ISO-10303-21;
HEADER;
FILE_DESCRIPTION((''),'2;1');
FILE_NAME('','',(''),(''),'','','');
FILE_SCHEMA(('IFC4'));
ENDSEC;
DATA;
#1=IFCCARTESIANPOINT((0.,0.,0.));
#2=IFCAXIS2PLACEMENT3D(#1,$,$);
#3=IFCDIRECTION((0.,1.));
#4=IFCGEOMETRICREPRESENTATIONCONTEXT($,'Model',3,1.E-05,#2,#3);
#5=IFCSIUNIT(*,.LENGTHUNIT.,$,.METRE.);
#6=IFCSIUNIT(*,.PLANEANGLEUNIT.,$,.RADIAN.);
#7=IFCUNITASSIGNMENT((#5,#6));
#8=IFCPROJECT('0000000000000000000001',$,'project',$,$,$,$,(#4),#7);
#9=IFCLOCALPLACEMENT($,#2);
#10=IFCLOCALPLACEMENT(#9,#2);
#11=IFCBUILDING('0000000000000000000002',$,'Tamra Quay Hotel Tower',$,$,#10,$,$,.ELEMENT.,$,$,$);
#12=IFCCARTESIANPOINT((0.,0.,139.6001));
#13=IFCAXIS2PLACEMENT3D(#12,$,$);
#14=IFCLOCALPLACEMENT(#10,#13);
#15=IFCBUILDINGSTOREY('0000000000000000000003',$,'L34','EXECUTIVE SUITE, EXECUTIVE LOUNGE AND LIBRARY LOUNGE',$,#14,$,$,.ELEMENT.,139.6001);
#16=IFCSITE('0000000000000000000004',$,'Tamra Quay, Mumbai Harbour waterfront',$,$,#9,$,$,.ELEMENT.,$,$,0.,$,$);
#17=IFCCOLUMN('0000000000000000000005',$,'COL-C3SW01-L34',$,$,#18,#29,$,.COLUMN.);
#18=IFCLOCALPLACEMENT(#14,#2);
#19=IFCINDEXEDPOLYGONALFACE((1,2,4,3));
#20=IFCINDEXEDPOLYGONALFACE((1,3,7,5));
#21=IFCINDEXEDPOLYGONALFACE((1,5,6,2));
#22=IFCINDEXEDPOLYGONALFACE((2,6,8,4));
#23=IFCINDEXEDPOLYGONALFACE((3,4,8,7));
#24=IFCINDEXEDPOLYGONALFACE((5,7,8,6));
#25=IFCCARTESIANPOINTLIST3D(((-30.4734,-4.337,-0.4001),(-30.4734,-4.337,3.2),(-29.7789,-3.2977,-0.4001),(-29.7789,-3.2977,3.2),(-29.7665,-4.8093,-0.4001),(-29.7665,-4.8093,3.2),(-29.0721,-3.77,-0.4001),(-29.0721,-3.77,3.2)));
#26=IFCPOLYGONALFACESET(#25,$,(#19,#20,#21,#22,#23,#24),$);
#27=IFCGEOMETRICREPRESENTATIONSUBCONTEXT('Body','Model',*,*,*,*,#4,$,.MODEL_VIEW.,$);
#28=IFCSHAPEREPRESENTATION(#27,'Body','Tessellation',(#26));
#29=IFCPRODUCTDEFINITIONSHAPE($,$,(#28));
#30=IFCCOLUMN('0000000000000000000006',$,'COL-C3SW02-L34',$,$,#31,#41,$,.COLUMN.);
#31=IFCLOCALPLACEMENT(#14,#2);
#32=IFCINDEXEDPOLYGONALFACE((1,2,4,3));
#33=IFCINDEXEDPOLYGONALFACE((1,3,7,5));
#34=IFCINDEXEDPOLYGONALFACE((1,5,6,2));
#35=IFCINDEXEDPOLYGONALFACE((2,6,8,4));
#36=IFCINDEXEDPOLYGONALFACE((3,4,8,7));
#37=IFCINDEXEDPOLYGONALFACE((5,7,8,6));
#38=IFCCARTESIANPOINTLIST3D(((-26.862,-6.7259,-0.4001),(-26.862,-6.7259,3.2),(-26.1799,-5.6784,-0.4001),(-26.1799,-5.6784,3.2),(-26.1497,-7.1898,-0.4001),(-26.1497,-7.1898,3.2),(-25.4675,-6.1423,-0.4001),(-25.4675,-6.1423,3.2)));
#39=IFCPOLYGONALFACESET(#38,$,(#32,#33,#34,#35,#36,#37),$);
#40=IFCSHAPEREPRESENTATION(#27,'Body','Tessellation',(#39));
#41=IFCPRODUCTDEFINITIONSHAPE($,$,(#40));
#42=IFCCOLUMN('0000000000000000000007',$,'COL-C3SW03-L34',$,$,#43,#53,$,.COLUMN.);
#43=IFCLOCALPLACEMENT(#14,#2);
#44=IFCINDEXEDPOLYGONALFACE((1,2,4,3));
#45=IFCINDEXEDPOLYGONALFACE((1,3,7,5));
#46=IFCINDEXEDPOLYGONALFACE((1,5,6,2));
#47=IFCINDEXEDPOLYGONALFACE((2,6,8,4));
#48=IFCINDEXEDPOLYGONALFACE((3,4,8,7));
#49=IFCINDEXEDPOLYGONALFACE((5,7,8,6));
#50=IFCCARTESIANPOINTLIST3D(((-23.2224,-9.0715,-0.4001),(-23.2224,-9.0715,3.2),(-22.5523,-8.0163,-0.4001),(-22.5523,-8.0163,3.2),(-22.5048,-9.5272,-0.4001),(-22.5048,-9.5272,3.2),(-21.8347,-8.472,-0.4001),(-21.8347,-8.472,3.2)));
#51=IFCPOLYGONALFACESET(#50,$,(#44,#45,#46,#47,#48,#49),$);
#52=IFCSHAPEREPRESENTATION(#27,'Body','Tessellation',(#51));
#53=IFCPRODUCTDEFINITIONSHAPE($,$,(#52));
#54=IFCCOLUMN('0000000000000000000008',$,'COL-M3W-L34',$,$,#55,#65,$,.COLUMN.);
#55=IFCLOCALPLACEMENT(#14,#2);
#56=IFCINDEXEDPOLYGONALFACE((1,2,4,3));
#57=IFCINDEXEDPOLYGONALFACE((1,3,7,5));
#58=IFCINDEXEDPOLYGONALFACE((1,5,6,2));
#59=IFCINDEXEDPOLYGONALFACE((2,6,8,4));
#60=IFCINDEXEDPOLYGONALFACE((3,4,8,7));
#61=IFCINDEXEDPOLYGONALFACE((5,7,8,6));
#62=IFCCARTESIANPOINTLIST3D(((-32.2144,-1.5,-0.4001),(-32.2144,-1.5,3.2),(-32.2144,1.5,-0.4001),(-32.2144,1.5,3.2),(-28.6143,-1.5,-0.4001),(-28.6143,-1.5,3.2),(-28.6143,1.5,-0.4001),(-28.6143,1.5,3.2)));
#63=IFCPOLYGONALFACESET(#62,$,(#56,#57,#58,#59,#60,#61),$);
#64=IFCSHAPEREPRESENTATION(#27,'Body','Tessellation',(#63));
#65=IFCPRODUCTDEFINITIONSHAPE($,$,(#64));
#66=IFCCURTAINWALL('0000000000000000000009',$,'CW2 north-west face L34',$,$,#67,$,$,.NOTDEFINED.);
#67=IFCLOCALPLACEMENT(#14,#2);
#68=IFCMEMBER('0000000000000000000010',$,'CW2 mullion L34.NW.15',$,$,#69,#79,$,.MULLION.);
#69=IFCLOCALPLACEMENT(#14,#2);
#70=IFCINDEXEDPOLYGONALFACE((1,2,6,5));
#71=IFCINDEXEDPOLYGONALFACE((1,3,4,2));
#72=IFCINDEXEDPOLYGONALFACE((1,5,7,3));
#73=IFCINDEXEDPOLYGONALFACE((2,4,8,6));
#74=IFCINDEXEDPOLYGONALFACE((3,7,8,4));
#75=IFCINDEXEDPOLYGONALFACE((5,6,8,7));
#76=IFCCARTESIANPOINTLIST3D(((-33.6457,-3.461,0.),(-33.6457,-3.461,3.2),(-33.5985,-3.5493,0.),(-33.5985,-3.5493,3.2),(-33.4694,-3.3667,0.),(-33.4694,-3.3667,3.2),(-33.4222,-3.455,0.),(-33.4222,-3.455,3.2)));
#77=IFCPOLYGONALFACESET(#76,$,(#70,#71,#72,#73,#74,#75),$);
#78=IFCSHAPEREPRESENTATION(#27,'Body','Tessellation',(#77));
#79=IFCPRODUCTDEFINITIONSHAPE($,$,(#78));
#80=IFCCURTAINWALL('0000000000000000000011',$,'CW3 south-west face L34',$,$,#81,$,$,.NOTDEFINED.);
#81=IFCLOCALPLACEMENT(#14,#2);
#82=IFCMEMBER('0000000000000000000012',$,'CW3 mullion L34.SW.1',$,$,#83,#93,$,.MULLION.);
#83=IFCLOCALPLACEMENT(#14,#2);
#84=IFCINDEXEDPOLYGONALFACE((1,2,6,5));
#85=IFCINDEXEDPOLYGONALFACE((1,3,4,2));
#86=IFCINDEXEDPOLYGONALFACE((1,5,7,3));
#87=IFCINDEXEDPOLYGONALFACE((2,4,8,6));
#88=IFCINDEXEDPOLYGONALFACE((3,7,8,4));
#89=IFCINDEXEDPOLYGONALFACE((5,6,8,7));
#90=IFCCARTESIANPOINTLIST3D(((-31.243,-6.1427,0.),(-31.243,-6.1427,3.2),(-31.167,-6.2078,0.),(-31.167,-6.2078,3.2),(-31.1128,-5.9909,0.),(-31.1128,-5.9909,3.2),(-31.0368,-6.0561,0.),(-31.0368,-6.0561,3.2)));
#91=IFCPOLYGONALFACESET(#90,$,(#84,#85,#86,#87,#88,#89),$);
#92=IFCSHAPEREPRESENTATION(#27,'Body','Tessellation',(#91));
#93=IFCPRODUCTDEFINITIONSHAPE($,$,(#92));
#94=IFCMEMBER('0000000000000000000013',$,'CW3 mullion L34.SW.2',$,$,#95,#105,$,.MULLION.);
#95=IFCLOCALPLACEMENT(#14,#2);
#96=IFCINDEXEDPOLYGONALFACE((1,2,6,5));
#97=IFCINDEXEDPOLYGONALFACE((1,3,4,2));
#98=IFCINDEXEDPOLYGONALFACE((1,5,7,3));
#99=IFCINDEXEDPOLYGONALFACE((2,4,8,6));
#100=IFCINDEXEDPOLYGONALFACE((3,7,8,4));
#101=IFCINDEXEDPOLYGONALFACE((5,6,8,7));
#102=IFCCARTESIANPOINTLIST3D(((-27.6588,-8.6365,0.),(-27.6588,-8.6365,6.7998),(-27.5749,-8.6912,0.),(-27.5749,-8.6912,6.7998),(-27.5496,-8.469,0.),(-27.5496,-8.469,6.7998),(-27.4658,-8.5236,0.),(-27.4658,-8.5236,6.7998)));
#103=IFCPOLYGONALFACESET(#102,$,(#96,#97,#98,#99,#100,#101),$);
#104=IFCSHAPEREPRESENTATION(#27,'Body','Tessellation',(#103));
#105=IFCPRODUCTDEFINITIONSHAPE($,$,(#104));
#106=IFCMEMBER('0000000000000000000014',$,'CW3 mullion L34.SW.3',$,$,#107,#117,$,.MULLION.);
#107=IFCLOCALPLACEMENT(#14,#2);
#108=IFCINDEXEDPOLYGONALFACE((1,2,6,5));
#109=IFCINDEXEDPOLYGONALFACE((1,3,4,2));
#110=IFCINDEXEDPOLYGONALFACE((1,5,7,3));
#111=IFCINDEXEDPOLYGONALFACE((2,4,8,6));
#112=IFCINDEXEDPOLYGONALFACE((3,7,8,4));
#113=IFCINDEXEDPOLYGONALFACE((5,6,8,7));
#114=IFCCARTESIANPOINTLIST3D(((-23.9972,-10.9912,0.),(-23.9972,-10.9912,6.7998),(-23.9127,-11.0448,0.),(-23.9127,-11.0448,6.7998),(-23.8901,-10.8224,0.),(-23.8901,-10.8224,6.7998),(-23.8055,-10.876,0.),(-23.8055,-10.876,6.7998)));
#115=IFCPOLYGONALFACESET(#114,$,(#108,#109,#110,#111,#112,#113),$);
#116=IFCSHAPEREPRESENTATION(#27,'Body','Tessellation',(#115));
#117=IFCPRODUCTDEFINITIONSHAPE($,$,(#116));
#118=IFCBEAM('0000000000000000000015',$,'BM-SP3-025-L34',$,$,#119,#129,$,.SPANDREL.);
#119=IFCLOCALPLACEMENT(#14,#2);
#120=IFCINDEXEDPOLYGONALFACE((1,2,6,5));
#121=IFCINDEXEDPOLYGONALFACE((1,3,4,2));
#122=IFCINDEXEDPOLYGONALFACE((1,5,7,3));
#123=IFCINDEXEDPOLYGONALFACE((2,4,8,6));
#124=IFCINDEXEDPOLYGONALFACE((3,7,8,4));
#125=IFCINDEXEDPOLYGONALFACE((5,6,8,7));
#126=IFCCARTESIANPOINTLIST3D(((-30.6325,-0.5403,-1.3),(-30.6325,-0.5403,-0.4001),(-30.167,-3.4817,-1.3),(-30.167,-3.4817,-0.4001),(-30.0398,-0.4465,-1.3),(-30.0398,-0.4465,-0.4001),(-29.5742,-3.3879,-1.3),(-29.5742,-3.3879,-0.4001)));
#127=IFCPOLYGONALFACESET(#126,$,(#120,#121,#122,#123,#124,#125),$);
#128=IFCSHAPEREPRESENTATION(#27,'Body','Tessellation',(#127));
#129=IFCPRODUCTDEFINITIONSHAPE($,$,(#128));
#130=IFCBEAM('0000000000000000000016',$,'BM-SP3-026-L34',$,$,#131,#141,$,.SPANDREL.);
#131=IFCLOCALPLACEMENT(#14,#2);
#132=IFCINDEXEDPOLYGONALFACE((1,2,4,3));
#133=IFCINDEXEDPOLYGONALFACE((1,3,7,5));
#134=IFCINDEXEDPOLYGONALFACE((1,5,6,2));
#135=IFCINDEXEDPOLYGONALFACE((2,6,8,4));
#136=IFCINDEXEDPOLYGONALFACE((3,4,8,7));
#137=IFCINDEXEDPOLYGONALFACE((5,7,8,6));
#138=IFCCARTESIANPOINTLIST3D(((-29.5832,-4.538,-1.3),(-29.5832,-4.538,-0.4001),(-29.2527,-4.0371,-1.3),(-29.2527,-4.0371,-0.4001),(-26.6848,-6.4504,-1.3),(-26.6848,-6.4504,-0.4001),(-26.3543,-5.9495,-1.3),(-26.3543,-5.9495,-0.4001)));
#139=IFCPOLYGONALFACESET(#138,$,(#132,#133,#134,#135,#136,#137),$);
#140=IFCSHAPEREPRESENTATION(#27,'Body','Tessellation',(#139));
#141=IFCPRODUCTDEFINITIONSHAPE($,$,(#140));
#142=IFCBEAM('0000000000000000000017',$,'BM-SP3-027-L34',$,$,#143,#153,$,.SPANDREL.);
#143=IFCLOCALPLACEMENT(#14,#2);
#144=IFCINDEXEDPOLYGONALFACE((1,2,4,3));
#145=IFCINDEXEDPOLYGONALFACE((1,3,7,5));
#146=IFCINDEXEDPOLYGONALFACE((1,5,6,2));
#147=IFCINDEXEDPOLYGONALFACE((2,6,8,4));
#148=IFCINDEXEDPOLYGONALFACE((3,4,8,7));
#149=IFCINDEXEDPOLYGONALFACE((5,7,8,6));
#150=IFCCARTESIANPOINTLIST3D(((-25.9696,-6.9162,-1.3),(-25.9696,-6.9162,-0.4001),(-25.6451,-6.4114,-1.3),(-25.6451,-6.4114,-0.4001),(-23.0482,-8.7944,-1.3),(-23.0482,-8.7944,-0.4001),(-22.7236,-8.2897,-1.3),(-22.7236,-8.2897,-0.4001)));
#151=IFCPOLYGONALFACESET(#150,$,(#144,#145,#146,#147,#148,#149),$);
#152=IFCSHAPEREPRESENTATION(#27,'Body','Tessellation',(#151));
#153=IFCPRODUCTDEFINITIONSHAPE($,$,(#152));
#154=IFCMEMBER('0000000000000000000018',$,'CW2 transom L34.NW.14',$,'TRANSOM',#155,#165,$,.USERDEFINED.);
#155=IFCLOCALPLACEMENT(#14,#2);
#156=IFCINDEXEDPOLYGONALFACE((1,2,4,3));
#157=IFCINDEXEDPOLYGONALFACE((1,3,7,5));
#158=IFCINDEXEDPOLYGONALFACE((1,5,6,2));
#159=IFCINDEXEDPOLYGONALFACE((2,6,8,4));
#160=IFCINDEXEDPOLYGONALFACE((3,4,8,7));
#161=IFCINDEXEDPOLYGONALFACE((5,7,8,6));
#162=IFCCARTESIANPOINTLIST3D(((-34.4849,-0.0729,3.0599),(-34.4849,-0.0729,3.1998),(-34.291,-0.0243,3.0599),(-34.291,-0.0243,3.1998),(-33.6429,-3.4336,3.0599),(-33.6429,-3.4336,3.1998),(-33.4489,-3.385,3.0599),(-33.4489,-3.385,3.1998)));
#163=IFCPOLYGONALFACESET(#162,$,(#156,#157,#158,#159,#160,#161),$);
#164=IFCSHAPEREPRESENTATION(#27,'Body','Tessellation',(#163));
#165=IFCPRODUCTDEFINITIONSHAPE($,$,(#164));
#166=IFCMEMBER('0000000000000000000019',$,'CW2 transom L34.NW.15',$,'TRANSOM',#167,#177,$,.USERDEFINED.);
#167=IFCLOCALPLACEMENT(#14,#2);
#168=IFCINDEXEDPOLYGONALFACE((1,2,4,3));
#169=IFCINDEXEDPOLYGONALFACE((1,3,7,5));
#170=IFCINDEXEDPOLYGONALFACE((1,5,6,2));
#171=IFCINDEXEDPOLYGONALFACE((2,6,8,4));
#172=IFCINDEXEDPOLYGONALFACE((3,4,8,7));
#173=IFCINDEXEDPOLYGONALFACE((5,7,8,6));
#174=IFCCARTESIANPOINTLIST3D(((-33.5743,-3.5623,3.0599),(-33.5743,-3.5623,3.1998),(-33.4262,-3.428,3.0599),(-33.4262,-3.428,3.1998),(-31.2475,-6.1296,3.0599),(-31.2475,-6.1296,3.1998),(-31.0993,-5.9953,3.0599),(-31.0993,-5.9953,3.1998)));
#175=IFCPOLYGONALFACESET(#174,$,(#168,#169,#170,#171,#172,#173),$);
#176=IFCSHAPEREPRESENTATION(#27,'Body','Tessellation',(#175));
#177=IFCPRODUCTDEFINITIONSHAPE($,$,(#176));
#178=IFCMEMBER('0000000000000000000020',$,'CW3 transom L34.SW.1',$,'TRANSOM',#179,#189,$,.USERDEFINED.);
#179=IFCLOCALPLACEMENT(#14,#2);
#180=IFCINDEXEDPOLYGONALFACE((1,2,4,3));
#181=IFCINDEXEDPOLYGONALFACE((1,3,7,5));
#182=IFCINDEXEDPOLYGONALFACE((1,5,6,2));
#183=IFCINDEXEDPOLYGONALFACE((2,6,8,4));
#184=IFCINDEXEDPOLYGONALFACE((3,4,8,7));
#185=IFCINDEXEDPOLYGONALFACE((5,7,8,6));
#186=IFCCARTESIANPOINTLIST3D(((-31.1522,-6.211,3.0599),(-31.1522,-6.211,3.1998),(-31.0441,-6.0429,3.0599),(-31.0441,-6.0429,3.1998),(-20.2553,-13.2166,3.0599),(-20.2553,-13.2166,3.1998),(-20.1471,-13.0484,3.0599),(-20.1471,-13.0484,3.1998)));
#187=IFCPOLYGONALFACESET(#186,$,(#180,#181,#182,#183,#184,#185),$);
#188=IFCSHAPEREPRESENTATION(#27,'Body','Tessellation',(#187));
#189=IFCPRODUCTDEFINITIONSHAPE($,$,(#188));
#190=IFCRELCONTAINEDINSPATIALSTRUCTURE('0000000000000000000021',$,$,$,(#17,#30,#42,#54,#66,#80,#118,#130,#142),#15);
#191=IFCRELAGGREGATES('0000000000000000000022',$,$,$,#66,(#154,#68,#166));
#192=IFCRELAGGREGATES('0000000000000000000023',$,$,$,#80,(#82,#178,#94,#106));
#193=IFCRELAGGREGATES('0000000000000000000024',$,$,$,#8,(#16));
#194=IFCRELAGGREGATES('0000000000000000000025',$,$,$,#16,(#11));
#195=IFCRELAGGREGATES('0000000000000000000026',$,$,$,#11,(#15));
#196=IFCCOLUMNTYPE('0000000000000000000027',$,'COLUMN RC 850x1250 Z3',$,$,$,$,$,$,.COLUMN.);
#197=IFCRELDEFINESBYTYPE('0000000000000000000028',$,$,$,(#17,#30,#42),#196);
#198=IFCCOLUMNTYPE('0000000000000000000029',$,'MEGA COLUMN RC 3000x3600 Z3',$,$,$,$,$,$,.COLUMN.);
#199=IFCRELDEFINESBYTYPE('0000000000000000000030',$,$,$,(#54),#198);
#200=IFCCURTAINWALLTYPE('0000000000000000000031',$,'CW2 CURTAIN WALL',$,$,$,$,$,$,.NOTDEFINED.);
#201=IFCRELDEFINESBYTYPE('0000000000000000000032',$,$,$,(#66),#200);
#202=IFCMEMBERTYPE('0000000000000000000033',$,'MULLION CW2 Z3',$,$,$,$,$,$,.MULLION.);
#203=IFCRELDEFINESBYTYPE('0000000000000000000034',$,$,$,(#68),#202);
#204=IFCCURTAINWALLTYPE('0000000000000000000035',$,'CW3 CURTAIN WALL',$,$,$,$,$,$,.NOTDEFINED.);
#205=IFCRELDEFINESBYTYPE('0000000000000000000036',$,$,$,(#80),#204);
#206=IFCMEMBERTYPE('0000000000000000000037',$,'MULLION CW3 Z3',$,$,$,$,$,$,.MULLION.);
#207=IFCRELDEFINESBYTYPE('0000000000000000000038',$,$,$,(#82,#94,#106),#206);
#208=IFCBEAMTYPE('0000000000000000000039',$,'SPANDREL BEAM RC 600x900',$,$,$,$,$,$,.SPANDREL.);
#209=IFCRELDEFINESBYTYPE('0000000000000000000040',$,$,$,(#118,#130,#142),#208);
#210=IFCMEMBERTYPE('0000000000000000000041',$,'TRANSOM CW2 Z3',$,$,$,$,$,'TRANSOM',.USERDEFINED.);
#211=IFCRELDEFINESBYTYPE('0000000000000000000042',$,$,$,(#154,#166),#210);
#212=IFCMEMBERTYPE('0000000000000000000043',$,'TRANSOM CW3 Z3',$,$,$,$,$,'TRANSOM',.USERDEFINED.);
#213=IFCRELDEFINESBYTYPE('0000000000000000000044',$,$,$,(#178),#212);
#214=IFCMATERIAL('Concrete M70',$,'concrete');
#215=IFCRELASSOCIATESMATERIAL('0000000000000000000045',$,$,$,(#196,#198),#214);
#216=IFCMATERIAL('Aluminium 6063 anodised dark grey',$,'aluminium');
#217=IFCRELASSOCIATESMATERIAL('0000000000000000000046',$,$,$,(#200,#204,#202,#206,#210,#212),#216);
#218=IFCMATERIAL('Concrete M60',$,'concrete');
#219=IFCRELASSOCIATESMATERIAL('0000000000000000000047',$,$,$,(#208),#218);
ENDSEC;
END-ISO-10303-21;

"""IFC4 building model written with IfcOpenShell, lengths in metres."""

from ifc_helpers import new_model, si_unit, direction, frame, origin, origin_2d, place, context, subcontext, project, spatial, rectangle, extrude, material, material_profile, profile_set, type_object, element, aggregate, save


model = new_model("IFC4")

# Units and contexts
model_context = context("Model", 3, precision=1e-05, world=origin(), true_north=direction((0.0, 1.0)))
body_context = subcontext(model_context, "Body", "Model", "MODEL_VIEW")
ifc_project = project(units=[si_unit("LENGTHUNIT", "METRE"), si_unit("PLANEANGLEUNIT", "RADIAN")], contexts=[model_context])

# Site, building, storey
site_placement = place(None, origin())
site = spatial("IfcSite", under=ifc_project, at=site_placement, Name="Tamra Quay, Mumbai Harbour waterfront", CompositionType="ELEMENT", RefElevation=0.0)
building_placement = place(site_placement, origin())
building = spatial("IfcBuilding", under=site, at=building_placement, Name="Tamra Quay Hotel Tower", CompositionType="ELEMENT")
storey_placement = place(building_placement, frame((0.0, 0.0, 139.6001)))
storey = spatial("IfcBuildingStorey", under=building, at=storey_placement, Name="L34", Description="EXECUTIVE SUITE, EXECUTIVE LOUNGE AND LIBRARY LOUNGE", CompositionType="ELEMENT", Elevation=139.6001)

# Columns
ifc_material_1 = material(Name="Concrete M70", Category="concrete")
ifc_material_profile_1 = material_profile(ifc_material_1, rectangle(XDim=1.25, YDim=0.8501, at=origin_2d()), Name="COLUMN RC 850x1250 Z3")
ifc_profile_set_1 = profile_set([ifc_material_profile_1], Name="Concrete M70")
column_type_1 = type_object("IfcColumnType", Name="COLUMN RC 850x1250 Z3", PredefinedType="COLUMN", material=ifc_profile_set_1)
for number, where, z_axis, x_axis, name in (
    (1, (-29.7727, -4.0535, -0.4001), (0.0, 0.0, 1.0), (0.555583, 0.831461, 0.0), "COL-C3SW01-L34"),
    (2, (-26.1648, -6.4341, -0.4001), (0.0, 0.0, 1.0), (0.545703, 0.837979, 0.0), "COL-C3SW02-L34"),
    (3, (-22.5286, -8.7717, -0.4001), (0.0, 0.0, 1.0), (0.536102, 0.844153, 0.0), "COL-C3SW03-L34"),
):
    element("IfcColumn", number, at=place(storey_placement, frame(where, z_axis=z_axis, x_axis=x_axis)), inside=storey, type_object=column_type_1, Name=name, PredefinedType="COLUMN", context=body_context, shape_type="SweptSolid", body=[
        extrude(rectangle(XDim=1.25, YDim=0.8501, at=origin_2d()), origin(), (0.0, 0.0, 1.0), 3.6001),
    ])
ifc_material_profile_2 = material_profile(ifc_material_1, rectangle(XDim=3.6001, YDim=3.0, at=origin_2d()), Name="MEGA COLUMN RC 3000x3600 Z3")
ifc_profile_set_2 = profile_set([ifc_material_profile_2], Name="Concrete M70")
column_type_2 = type_object("IfcColumnType", Name="MEGA COLUMN RC 3000x3600 Z3", PredefinedType="COLUMN", material=ifc_profile_set_2)
column_placement = place(storey_placement, frame((-30.4143, 0.0, -0.4001), z_axis=(0.0, 0.0, 1.0), x_axis=(1.0, 0.0, 0.0)))
element("IfcColumn", 4, at=column_placement, inside=storey, type_object=column_type_2, Name="COL-M3W-L34", PredefinedType="COLUMN", context=body_context, shape_type="SweptSolid", body=[
    extrude(rectangle(XDim=3.6001, YDim=3.0, at=origin_2d()), origin(), (0.0, 0.0, 1.0), 3.6001),
])

# Curtain wall, member
ifc_material_2 = material(Name="Aluminium 6063 anodised dark grey", Category="aluminium")
curtain_wall_type_1 = type_object("IfcCurtainWallType", Name="CW2 CURTAIN WALL", PredefinedType="NOTDEFINED", material=ifc_material_2)
curtain_wall_1_placement = place(storey_placement, origin())
curtain_wall_1 = element("IfcCurtainWall", 5, at=curtain_wall_1_placement, inside=storey, type_object=curtain_wall_type_1, Name="CW2 north-west face L34", PredefinedType="NOTDEFINED")
ifc_material_profile_3 = material_profile(ifc_material_2, rectangle(XDim=0.2, YDim=0.1001, at=origin_2d()), Name="MULLION 100X200")
ifc_profile_set_3 = profile_set([ifc_material_profile_3], Name="Aluminium 6063 anodised dark grey")
member_type_1 = type_object("IfcMemberType", Name="MULLION CW2 Z3", PredefinedType="MULLION", material=ifc_profile_set_3)
member_1_placement = place(storey_placement, frame((-33.5339, -3.458, 0.0), z_axis=(0.0, 0.0, 1.0), x_axis=(-0.881925, -0.471389, 0.0)))
member_1 = element("IfcMember", 6, at=member_1_placement, type_object=member_type_1, Name="CW2 mullion L34.NW.15", PredefinedType="MULLION", context=body_context, shape_type="SweptSolid", body=[
    extrude(rectangle(XDim=0.2, YDim=0.1001, at=origin_2d()), origin(), (0.0, 0.0, 1.0), 3.2),
])

# Curtain wall, members
curtain_wall_type_2 = type_object("IfcCurtainWallType", Name="CW3 CURTAIN WALL", PredefinedType="NOTDEFINED", material=ifc_material_2)
curtain_wall_2_placement = place(storey_placement, origin())
curtain_wall_2 = element("IfcCurtainWall", 7, at=curtain_wall_2_placement, inside=storey, type_object=curtain_wall_type_2, Name="CW3 south-west face L34", PredefinedType="NOTDEFINED")
ifc_material_profile_4 = material_profile(ifc_material_2, rectangle(XDim=0.2, YDim=0.1001, at=origin_2d()), Name="MULLION 100X200")
ifc_profile_set_4 = profile_set([ifc_material_profile_4], Name="Aluminium 6063 anodised dark grey")
member_type_2 = type_object("IfcMemberType", Name="MULLION CW3 Z3", PredefinedType="MULLION", material=ifc_profile_set_4)
member_2_placement = place(storey_placement, frame((-31.1399, -6.0994, 0.0), z_axis=(0.0, 0.0, 1.0), x_axis=(-0.650989, -0.759087, 0.0)))
member_2 = element("IfcMember", 8, at=member_2_placement, type_object=member_type_2, Name="CW3 mullion L34.SW.1", PredefinedType="MULLION", context=body_context, shape_type="SweptSolid", body=[
    extrude(rectangle(XDim=0.2, YDim=0.1001, at=origin_2d()), origin(), (0.0, 0.0, 1.0), 3.2),
])
member_3_placement = place(storey_placement, frame((-27.5623, -8.5801, 0.0), z_axis=(0.0, 0.0, 1.0), x_axis=(-0.54578, -0.837928, 0.0)))
member_3 = element("IfcMember", 9, at=member_3_placement, type_object=member_type_2, Name="CW3 mullion L34.SW.2", PredefinedType="MULLION", context=body_context, shape_type="SweptSolid", body=[
    extrude(rectangle(XDim=0.2, YDim=0.1001, at=origin_2d()), origin(), (0.0, 0.0, 1.0), 6.7998),
])
member_4_placement = place(storey_placement, frame((-23.9014, -10.9336, 0.0), z_axis=(0.0, 0.0, 1.0), x_axis=(-0.53576, -0.84437, 0.0)))
member_4 = element("IfcMember", 10, at=member_4_placement, type_object=member_type_2, Name="CW3 mullion L34.SW.3", PredefinedType="MULLION", context=body_context, shape_type="SweptSolid", body=[
    extrude(rectangle(XDim=0.2, YDim=0.1001, at=origin_2d()), origin(), (0.0, 0.0, 1.0), 6.7998),
])

# Beams
ifc_material_3 = material(Name="Concrete M60", Category="concrete")
ifc_material_profile_5 = material_profile(ifc_material_3, rectangle(XDim=0.6001, YDim=0.8999, at=origin_2d()), Name="SPANDREL BEAM RC 600x900")
ifc_profile_set_5 = profile_set([ifc_material_profile_5], Name="Concrete M60")
beam_type = type_object("IfcBeamType", Name="SPANDREL BEAM RC 600x900", PredefinedType="SPANDREL", material=ifc_profile_set_5)
beam_1_placement = place(storey_placement, frame((-30.3362, -0.4934, -0.8501), z_axis=(0.156337, -0.987704, 0.0), x_axis=(0.987704, 0.156337, 0.0)))
element("IfcBeam", 11, at=beam_1_placement, inside=storey, type_object=beam_type, Name="BM-SP3-025-L34", PredefinedType="SPANDREL", context=body_context, shape_type="SweptSolid", body=[
    extrude(rectangle(XDim=0.6001, YDim=0.8999, at=origin_2d()), origin(), (0.0, 0.0, 1.0), 2.978),
])
beam_2_placement = place(storey_placement, frame((-29.418, -4.2876, -0.8501), z_axis=(0.834691, -0.550719, 0.0), x_axis=(0.550719, 0.834691, 0.0)))
element("IfcBeam", 12, at=beam_2_placement, inside=storey, type_object=beam_type, Name="BM-SP3-026-L34", PredefinedType="SPANDREL", context=body_context, shape_type="SweptSolid", body=[
    extrude(rectangle(XDim=0.6001, YDim=0.8999, at=origin_2d()), origin(), (0.0, 0.0, 1.0), 3.4724),
])
beam_3_placement = place(storey_placement, frame((-25.8074, -6.6638, -0.8501), z_axis=(0.84116, -0.540786, 0.0), x_axis=(0.540786, 0.84116, 0.0)))
element("IfcBeam", 13, at=beam_3_placement, inside=storey, type_object=beam_type, Name="BM-SP3-027-L34", PredefinedType="SPANDREL", context=body_context, shape_type="SweptSolid", body=[
    extrude(rectangle(XDim=0.6001, YDim=0.8999, at=origin_2d()), origin(), (0.0, 0.0, 1.0), 3.4731),
])

# Members
ifc_material_profile_6 = material_profile(ifc_material_2, rectangle(XDim=0.2, YDim=0.1399, at=origin_2d()), Name="TRANSOM 200X140")
ifc_profile_set_6 = profile_set([ifc_material_profile_6], Name="Aluminium 6063 anodised dark grey")
member_type_3 = type_object("IfcMemberType", Name="TRANSOM CW2 Z3", ElementType="TRANSOM", PredefinedType="USERDEFINED", material=ifc_profile_set_6)
member_5_placement = place(storey_placement, frame((-34.3879, -0.0486, 3.1299), z_axis=(0.243033, -0.970018, 0.0), x_axis=(0.970018, 0.243033, 0.0)))
member_5 = element("IfcMember", 14, at=member_5_placement, type_object=member_type_3, Name="CW2 transom L34.NW.14", ObjectType="TRANSOM", PredefinedType="USERDEFINED", context=body_context, shape_type="SweptSolid", body=[
    extrude(rectangle(XDim=0.2, YDim=0.1399, at=origin_2d()), origin(), (0.0, 0.0, 1.0), 3.4646),
])
member_6_placement = place(storey_placement, frame((-33.5002, -3.4951, 3.1299), z_axis=(0.671553, -0.740956, 0.0), x_axis=(0.740956, 0.671553, 0.0)))
member_6 = element("IfcMember", 15, at=member_6_placement, type_object=member_type_3, Name="CW2 transom L34.NW.15", ObjectType="TRANSOM", PredefinedType="USERDEFINED", context=body_context, shape_type="SweptSolid", body=[
    extrude(rectangle(XDim=0.2, YDim=0.1399, at=origin_2d()), origin(), (0.0, 0.0, 1.0), 3.4648),
])
ifc_material_profile_7 = material_profile(ifc_material_2, rectangle(XDim=0.2, YDim=0.1399, at=origin_2d()), Name="TRANSOM 200X140")
ifc_profile_set_7 = profile_set([ifc_material_profile_7], Name="Aluminium 6063 anodised dark grey")
member_type_4 = type_object("IfcMemberType", Name="TRANSOM CW3 Z3", ElementType="TRANSOM", PredefinedType="USERDEFINED", material=ifc_profile_set_7)
member_7_placement = place(storey_placement, frame((-31.0981, -6.127, 3.1299), z_axis=(0.841164, -0.54078, 0.0), x_axis=(0.54078, 0.841164, 0.0)))
member_7 = element("IfcMember", 16, at=member_7_placement, type_object=member_type_4, Name="CW3 transom L34.SW.1", ObjectType="TRANSOM", PredefinedType="USERDEFINED", context=body_context, shape_type="SweptSolid", body=[
    extrude(rectangle(XDim=0.2, YDim=0.1399, at=origin_2d()), origin(), (0.0, 0.0, 1.0), 12.9546),
])

aggregate(curtain_wall_1, [member_5, member_1, member_6])
aggregate(curtain_wall_2, [member_2, member_7, member_3, member_4])

save(model, "model.ifc")
